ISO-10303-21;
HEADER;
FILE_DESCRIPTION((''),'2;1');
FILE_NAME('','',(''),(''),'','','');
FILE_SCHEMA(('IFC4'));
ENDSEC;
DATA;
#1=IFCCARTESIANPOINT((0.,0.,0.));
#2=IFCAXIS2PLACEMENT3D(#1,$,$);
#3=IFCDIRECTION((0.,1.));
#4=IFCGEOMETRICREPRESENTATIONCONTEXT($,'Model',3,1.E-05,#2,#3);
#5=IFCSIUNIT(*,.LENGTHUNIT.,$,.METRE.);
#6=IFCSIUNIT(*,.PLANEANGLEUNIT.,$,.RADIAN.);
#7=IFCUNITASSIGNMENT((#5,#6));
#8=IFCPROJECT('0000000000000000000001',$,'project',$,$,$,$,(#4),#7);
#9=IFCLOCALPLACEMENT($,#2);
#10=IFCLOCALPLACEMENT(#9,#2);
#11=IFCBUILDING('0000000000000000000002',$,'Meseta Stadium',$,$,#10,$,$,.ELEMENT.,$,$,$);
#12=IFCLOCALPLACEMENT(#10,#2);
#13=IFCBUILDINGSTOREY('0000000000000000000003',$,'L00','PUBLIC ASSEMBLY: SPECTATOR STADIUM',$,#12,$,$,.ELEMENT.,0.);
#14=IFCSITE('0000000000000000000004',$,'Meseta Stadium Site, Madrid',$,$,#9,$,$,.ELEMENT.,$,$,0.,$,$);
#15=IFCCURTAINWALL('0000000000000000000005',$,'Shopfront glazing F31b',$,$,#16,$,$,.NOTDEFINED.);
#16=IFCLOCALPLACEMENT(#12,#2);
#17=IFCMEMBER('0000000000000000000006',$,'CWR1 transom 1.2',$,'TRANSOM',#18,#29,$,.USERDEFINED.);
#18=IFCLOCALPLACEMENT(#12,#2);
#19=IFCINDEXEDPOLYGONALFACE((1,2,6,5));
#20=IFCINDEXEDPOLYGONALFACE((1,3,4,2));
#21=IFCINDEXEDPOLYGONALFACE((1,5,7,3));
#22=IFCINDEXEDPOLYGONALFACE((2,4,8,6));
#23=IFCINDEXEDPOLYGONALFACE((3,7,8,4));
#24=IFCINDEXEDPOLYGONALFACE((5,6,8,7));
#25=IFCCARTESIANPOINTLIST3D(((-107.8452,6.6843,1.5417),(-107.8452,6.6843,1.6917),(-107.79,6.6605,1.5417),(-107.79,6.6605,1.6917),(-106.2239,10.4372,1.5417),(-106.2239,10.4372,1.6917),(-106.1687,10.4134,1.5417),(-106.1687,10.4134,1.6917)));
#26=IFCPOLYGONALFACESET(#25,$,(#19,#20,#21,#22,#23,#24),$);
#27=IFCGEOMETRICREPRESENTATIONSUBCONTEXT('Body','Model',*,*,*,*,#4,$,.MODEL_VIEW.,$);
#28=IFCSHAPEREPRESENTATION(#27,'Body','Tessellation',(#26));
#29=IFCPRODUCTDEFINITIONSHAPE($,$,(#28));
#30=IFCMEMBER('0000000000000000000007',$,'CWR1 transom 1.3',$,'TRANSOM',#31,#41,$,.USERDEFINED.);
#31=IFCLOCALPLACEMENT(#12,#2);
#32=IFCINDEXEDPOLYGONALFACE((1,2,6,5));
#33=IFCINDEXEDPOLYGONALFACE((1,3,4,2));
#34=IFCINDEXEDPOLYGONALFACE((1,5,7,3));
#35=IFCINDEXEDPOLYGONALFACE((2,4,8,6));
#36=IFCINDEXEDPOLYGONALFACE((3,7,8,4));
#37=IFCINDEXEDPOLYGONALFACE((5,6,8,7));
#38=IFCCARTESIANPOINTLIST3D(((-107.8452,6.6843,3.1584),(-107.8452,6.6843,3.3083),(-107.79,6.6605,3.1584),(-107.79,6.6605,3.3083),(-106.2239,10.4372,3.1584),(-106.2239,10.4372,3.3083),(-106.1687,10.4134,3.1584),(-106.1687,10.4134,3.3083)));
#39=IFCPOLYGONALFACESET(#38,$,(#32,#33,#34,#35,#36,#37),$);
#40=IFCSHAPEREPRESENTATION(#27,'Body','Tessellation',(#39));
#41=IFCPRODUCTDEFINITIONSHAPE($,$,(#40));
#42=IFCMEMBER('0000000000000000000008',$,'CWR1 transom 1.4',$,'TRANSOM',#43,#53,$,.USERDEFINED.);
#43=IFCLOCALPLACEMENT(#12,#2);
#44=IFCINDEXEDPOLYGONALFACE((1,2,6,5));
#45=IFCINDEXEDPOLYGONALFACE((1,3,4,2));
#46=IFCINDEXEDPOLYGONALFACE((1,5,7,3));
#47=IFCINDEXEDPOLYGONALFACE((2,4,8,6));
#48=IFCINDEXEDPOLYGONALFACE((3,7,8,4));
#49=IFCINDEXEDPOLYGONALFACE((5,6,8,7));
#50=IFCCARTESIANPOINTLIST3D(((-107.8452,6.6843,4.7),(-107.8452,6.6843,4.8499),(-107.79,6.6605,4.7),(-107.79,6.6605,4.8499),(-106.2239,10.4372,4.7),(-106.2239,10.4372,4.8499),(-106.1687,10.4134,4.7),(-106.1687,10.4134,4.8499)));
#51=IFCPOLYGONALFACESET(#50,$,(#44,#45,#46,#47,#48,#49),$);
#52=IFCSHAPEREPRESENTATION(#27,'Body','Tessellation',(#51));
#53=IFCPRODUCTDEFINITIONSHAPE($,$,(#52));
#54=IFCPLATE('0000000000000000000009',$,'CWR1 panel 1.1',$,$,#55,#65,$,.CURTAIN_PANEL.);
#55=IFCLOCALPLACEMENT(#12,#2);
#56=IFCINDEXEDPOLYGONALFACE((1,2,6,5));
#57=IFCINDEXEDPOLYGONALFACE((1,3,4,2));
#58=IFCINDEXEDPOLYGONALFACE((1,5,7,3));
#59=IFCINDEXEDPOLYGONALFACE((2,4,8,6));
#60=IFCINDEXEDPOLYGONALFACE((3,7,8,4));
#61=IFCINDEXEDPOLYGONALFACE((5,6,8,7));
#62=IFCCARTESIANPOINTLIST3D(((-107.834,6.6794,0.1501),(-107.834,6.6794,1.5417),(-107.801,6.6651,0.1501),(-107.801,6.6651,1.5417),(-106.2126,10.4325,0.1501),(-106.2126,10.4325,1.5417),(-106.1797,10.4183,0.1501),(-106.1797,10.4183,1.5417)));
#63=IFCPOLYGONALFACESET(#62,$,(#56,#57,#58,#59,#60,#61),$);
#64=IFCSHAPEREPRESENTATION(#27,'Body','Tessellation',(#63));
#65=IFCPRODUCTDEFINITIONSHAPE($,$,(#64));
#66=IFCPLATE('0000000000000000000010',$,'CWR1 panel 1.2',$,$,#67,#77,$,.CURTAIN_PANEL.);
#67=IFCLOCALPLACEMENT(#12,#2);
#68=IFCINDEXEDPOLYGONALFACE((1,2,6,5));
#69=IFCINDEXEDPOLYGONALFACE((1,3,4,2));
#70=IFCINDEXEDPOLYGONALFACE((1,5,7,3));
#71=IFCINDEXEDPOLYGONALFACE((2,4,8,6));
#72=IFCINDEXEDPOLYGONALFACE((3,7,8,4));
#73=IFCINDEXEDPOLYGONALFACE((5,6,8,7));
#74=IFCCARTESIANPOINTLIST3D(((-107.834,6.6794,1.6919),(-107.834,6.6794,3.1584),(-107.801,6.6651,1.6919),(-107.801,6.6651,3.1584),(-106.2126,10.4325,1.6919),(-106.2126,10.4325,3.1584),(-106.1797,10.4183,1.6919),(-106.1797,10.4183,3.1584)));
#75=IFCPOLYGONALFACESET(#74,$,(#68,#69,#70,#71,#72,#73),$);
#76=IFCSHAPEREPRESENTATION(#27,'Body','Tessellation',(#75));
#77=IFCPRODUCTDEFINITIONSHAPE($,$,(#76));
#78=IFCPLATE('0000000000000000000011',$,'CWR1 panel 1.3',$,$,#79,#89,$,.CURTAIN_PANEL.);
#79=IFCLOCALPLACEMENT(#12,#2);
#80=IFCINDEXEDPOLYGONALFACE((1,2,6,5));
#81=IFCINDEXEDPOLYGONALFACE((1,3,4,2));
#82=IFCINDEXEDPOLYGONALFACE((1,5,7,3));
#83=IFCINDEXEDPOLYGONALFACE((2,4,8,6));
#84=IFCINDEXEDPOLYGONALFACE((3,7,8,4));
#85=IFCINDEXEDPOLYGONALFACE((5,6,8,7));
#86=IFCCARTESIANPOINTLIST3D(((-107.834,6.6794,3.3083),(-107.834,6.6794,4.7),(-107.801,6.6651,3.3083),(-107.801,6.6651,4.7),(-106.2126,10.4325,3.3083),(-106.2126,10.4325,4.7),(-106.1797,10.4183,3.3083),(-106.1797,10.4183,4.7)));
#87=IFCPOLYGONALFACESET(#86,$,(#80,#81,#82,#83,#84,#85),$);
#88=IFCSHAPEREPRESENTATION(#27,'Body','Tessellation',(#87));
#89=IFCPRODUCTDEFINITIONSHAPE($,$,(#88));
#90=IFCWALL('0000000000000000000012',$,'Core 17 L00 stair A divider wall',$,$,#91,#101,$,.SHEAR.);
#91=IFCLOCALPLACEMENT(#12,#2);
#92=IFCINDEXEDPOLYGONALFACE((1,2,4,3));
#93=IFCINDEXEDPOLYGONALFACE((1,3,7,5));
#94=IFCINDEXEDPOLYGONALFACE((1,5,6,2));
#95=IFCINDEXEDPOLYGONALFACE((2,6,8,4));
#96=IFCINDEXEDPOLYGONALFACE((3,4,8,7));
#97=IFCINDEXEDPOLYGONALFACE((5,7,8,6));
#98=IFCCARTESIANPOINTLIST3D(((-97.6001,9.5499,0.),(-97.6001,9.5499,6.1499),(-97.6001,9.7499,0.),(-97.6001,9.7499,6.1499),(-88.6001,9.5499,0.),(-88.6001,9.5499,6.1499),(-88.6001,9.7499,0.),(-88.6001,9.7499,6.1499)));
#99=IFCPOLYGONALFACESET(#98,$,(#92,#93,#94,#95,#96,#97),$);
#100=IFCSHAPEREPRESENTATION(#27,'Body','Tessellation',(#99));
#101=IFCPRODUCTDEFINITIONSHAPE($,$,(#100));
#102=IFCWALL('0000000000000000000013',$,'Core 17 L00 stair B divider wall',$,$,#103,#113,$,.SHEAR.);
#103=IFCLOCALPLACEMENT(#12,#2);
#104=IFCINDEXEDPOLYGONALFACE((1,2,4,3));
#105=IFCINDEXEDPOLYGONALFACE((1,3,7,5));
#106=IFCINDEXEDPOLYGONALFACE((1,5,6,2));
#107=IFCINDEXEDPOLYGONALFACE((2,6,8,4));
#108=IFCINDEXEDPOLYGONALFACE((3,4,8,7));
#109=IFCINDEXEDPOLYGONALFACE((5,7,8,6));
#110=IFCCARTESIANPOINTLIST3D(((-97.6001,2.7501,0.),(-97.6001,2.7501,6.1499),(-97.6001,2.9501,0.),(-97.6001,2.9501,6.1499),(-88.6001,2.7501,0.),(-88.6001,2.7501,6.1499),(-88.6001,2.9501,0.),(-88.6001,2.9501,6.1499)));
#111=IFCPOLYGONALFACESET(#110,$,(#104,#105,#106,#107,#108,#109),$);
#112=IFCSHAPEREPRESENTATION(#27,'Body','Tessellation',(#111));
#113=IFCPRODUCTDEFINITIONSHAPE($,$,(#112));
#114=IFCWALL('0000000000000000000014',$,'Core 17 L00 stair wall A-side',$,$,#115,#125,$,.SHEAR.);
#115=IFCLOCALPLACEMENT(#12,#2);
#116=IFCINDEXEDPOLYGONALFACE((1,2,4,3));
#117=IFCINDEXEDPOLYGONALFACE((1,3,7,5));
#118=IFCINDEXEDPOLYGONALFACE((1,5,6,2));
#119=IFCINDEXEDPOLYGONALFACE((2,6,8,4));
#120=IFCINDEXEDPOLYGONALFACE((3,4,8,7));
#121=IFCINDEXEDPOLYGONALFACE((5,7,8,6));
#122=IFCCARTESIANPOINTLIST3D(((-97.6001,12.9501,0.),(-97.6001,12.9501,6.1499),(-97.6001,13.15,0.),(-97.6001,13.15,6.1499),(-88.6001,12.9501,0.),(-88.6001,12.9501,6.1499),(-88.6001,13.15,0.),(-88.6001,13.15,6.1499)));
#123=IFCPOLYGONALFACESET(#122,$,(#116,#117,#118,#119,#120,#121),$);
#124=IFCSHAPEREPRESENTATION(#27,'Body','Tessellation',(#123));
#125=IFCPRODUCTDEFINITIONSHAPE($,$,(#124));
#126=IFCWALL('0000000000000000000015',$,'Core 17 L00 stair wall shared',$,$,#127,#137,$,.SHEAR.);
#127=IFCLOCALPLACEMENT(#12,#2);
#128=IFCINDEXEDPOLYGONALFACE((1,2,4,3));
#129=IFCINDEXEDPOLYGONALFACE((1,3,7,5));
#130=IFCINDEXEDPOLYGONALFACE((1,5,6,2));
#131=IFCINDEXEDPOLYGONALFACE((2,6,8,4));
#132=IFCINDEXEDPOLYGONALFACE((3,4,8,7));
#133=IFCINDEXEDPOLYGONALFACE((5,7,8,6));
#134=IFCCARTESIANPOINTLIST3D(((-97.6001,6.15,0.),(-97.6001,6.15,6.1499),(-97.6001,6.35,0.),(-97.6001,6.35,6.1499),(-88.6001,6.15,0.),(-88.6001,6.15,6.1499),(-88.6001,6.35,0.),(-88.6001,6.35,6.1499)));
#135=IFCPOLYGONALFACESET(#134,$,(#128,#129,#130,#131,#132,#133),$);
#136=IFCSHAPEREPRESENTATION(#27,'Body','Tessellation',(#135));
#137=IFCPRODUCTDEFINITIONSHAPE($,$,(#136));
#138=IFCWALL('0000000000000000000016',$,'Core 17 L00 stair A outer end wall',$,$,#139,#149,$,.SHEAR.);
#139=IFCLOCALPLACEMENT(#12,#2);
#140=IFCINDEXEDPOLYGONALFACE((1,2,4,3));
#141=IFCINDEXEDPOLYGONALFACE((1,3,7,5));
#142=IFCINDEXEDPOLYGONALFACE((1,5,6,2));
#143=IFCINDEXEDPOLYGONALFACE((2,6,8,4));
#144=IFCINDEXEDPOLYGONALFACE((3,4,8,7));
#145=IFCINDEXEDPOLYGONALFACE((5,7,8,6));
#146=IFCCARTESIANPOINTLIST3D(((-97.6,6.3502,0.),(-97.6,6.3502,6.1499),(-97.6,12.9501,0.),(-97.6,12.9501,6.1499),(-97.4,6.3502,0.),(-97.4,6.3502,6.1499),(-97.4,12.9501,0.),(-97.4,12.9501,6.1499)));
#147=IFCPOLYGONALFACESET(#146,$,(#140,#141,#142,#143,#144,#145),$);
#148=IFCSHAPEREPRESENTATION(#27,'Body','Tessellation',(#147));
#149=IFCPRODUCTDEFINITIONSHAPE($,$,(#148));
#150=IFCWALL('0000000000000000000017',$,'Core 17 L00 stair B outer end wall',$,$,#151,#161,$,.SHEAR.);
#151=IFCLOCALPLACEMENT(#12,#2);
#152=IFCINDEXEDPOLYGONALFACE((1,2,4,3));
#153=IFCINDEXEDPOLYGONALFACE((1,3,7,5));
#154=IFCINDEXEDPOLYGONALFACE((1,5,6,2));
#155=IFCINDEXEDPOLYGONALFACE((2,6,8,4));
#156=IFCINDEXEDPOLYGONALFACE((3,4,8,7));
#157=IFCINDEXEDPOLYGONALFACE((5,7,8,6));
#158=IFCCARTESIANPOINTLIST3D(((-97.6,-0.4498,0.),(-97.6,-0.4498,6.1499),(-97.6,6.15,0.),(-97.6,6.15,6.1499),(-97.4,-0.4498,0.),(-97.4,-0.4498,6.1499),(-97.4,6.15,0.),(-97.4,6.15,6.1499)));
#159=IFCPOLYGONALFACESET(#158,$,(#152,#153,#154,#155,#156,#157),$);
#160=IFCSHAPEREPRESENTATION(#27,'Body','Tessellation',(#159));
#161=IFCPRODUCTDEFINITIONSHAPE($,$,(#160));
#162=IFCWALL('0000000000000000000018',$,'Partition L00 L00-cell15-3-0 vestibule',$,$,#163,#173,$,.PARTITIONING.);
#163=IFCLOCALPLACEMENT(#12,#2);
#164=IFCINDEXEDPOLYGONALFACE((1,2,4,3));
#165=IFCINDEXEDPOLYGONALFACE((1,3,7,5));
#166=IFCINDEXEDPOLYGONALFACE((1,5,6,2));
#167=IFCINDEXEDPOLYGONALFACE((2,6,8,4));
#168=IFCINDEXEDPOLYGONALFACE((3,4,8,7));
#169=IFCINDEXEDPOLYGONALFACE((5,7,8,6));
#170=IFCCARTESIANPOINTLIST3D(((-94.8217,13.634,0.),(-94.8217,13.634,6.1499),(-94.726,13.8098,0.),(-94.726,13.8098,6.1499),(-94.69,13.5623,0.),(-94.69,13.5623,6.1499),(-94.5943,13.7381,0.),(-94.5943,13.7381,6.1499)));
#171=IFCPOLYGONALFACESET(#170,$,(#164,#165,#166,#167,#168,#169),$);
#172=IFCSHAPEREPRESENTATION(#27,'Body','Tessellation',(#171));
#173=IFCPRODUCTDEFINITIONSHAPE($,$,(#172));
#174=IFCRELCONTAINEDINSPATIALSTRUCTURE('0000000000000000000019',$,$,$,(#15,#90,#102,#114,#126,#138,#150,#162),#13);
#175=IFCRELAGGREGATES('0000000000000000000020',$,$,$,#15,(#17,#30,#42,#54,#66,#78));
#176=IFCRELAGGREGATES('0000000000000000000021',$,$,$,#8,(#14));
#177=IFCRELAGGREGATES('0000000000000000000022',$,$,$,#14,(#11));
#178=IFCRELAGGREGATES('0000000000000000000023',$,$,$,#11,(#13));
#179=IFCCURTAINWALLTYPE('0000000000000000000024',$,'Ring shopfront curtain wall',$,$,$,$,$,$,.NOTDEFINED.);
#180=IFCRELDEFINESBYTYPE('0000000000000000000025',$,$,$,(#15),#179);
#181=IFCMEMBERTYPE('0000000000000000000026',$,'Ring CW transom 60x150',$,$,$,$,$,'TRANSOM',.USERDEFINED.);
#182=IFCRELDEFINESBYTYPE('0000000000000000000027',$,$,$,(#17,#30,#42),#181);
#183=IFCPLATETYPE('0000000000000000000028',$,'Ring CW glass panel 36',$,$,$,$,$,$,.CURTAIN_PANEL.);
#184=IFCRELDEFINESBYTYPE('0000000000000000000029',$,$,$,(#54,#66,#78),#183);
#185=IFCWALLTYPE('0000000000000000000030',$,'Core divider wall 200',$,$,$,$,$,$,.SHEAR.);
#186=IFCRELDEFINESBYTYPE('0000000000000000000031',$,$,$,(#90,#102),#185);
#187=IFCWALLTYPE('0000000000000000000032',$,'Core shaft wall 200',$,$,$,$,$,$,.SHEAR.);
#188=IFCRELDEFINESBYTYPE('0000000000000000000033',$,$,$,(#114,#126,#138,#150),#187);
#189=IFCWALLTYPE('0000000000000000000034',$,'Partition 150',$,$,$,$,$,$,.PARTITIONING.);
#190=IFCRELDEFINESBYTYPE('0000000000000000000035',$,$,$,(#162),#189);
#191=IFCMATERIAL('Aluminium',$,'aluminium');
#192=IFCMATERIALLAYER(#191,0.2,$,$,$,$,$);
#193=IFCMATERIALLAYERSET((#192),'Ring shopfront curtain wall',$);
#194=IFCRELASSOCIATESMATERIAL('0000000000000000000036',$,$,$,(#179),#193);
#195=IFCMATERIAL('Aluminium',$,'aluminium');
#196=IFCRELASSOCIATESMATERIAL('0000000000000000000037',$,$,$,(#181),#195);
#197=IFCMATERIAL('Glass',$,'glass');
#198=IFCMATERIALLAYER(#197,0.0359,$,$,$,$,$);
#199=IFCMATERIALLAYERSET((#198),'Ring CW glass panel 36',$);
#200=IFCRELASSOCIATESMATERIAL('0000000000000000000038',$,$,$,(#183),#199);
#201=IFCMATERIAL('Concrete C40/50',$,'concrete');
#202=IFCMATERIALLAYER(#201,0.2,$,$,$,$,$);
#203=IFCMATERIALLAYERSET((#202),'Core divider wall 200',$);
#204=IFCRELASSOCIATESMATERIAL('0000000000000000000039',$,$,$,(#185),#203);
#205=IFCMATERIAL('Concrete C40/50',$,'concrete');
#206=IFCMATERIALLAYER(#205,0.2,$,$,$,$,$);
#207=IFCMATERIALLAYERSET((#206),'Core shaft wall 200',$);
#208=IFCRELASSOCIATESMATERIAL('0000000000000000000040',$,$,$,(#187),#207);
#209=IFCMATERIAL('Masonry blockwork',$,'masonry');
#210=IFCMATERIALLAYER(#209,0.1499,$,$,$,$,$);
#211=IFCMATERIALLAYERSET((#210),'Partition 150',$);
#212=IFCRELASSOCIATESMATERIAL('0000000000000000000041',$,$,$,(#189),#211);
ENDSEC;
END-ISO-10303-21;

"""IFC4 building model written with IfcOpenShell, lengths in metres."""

from ifc_helpers import new_model, si_unit, direction, frame, frame_2d, origin, origin_2d, place, context, subcontext, project, spatial, rectangle, extrude, material, layer, layer_set, material_profile, profile_set, type_object, element, aggregate, save


model = new_model("IFC4")

# Units and contexts
model_context = context("Model", 3, precision=1e-05, world=origin(), true_north=direction((0.0, 1.0)))
body_context = subcontext(model_context, "Body", "Model", "MODEL_VIEW")
ifc_project = project(units=[si_unit("LENGTHUNIT", "METRE"), si_unit("PLANEANGLEUNIT", "RADIAN")], contexts=[model_context])

# Site, building, storey
site_placement = place(None, origin())
site = spatial("IfcSite", under=ifc_project, at=site_placement, Name="Meseta Stadium Site, Madrid", CompositionType="ELEMENT", RefElevation=0.0)
building_placement = place(site_placement, origin())
building = spatial("IfcBuilding", under=site, at=building_placement, Name="Meseta Stadium", CompositionType="ELEMENT")
storey_placement = place(building_placement, origin())
storey = spatial("IfcBuildingStorey", under=building, at=storey_placement, Name="L00", Description="PUBLIC ASSEMBLY: SPECTATOR STADIUM", CompositionType="ELEMENT", Elevation=0.0)

# Curtain wall, members, plates
ifc_material_1 = material(Name="Aluminium", Category="aluminium")
ifc_layer_1 = layer(ifc_material_1, 0.2)
ifc_layer_set_1 = layer_set([ifc_layer_1], Name="Ring shopfront curtain wall")
curtain_wall_type = type_object("IfcCurtainWallType", Name="Ring shopfront curtain wall", PredefinedType="NOTDEFINED", material=ifc_layer_set_1)
curtain_wall_placement = place(storey_placement, origin())
curtain_wall = element("IfcCurtainWall", 1, at=curtain_wall_placement, inside=storey, type_object=curtain_wall_type, Name="Shopfront glazing F31b", PredefinedType="NOTDEFINED")
ifc_material_2 = material(Name="Aluminium", Category="aluminium")
ifc_material_profile_1 = material_profile(ifc_material_2, rectangle(XDim=0.0601, YDim=0.1499, at=origin_2d()), Name="CW 60x150")
ifc_profile_set_1 = profile_set([ifc_material_profile_1], Name="Aluminium")
member_type_1 = type_object("IfcMemberType", Name="Ring CW transom 60x150", ElementType="TRANSOM", PredefinedType="USERDEFINED", material=ifc_profile_set_1)
member_1_placement = place(storey_placement, frame((-106.1963, 10.4253, 1.6167), z_axis=(-0.396592, -0.917995, 0.0), x_axis=(0.917995, -0.396592, 0.0)))
member_1 = element("IfcMember", 2, at=member_1_placement, type_object=member_type_1, Name="CWR1 transom 1.2", ObjectType="TRANSOM", PredefinedType="USERDEFINED", context=body_context, shape_type="SweptSolid", body=[
    extrude(rectangle(XDim=0.0601, YDim=0.1499, at=origin_2d()), origin(), (0.0, 0.0, 1.0), 4.0881),
])
member_2_placement = place(storey_placement, frame((-106.1963, 10.4253, 3.2334), z_axis=(-0.396592, -0.917995, 0.0), x_axis=(0.917995, -0.396592, 0.0)))
member_2 = element("IfcMember", 3, at=member_2_placement, type_object=member_type_1, Name="CWR1 transom 1.3", ObjectType="TRANSOM", PredefinedType="USERDEFINED", context=body_context, shape_type="SweptSolid", body=[
    extrude(rectangle(XDim=0.0601, YDim=0.1499, at=origin_2d()), origin(), (0.0, 0.0, 1.0), 4.0881),
])
member_3_placement = place(storey_placement, frame((-106.1963, 10.4253, 4.7749), z_axis=(-0.396592, -0.917995, 0.0), x_axis=(0.917995, -0.396592, 0.0)))
member_3 = element("IfcMember", 4, at=member_3_placement, type_object=member_type_1, Name="CWR1 transom 1.4", ObjectType="TRANSOM", PredefinedType="USERDEFINED", context=body_context, shape_type="SweptSolid", body=[
    extrude(rectangle(XDim=0.0601, YDim=0.1499, at=origin_2d()), origin(), (0.0, 0.0, 1.0), 4.0881),
])
ifc_material_3 = material(Name="Glass", Category="glass")
ifc_layer_2 = layer(ifc_material_3, 0.0359)
ifc_layer_set_2 = layer_set([ifc_layer_2], Name="Ring CW glass panel 36")
plate_type = type_object("IfcPlateType", Name="Ring CW glass panel 36", PredefinedType="CURTAIN_PANEL", material=ifc_layer_set_2)
plate_1_placement = place(storey_placement, frame((-107.0068, 8.5488, 0.1501), z_axis=(0.0, 0.0, 1.0), x_axis=(-0.396576, -0.918002, 0.0)))
plate_1 = element("IfcPlate", 5, at=plate_1_placement, type_object=plate_type, Name="CWR1 panel 1.1", PredefinedType="CURTAIN_PANEL", context=body_context, shape_type="SweptSolid", body=[
    extrude(rectangle(XDim=4.0884, YDim=0.0359, at=origin_2d()), origin(), (0.0, 0.0, 1.0), 1.3916),
])
plate_2_placement = place(storey_placement, frame((-107.0068, 8.5488, 1.6919), z_axis=(0.0, 0.0, 1.0), x_axis=(-0.396576, -0.918002, 0.0)))
plate_2 = element("IfcPlate", 6, at=plate_2_placement, type_object=plate_type, Name="CWR1 panel 1.2", PredefinedType="CURTAIN_PANEL", context=body_context, shape_type="SweptSolid", body=[
    extrude(rectangle(XDim=4.0884, YDim=0.0359, at=origin_2d()), origin(), (0.0, 0.0, 1.0), 1.4666),
])
plate_3_placement = place(storey_placement, frame((-107.0068, 8.5488, 3.3083), z_axis=(0.0, 0.0, 1.0), x_axis=(-0.396576, -0.918002, 0.0)))
plate_3 = element("IfcPlate", 7, at=plate_3_placement, type_object=plate_type, Name="CWR1 panel 1.3", PredefinedType="CURTAIN_PANEL", context=body_context, shape_type="SweptSolid", body=[
    extrude(rectangle(XDim=4.0884, YDim=0.0359, at=origin_2d()), origin(), (0.0, 0.0, 1.0), 1.3916),
])
aggregate(curtain_wall, [member_1, member_2, member_3, plate_1, plate_2, plate_3])

# Walls
ifc_material_4 = material(Name="Concrete C40/50", Category="concrete")
ifc_layer_3 = layer(ifc_material_4, 0.2)
ifc_layer_set_3 = layer_set([ifc_layer_3], Name="Core divider wall 200")
wall_type_1 = type_object("IfcWallType", Name="Core divider wall 200", PredefinedType="SHEAR", material=ifc_layer_set_3)
for number, where, z_axis, x_axis, name in (
    (8, (-97.6001, 9.6499, 0.0), (0.0, 0.0, 1.0), (1.0, 0.0, 0.0), "Core 17 L00 stair A divider wall"),
    (9, (-97.6001, 2.8501, 0.0), (0.0, 0.0, 1.0), (1.0, 0.0, 0.0), "Core 17 L00 stair B divider wall"),
):
    element("IfcWall", number, at=place(storey_placement, frame(where, z_axis=z_axis, x_axis=x_axis)), inside=storey, type_object=wall_type_1, Name=name, PredefinedType="SHEAR", context=body_context, shape_type="SweptSolid", body=[
        extrude(rectangle(XDim=9.0, YDim=0.2, at=frame_2d((4.5, 0.0))), origin(), (0.0, 0.0, 1.0), 6.1499),
    ])
ifc_material_5 = material(Name="Concrete C40/50", Category="concrete")
ifc_layer_4 = layer(ifc_material_5, 0.2)
ifc_layer_set_4 = layer_set([ifc_layer_4], Name="Core shaft wall 200")
wall_type_2 = type_object("IfcWallType", Name="Core shaft wall 200", PredefinedType="SHEAR", material=ifc_layer_set_4)
for number, where, z_axis, x_axis, name in (
    (10, (-97.6001, 13.05, 0.0), (0.0, 0.0, 1.0), (1.0, 0.0, 0.0), "Core 17 L00 stair wall A-side"),
    (11, (-97.6001, 6.25, 0.0), (0.0, 0.0, 1.0), (1.0, 0.0, 0.0), "Core 17 L00 stair wall shared"),
):
    element("IfcWall", number, at=place(storey_placement, frame(where, z_axis=z_axis, x_axis=x_axis)), inside=storey, type_object=wall_type_2, Name=name, PredefinedType="SHEAR", context=body_context, shape_type="SweptSolid", body=[
        extrude(rectangle(XDim=9.0, YDim=0.2, at=frame_2d((4.5, 0.0))), origin(), (0.0, 0.0, 1.0), 6.1499),
    ])
for number, where, z_axis, x_axis, name in (
    (12, (-97.5, 12.95, 0.0), (0.0, 0.0, 1.0), (0.0, -1.0, 0.0), "Core 17 L00 stair A outer end wall"),
    (13, (-97.5, 6.1499, 0.0), (0.0, 0.0, 1.0), (0.0, -1.0, 0.0), "Core 17 L00 stair B outer end wall"),
):
    element("IfcWall", number, at=place(storey_placement, frame(where, z_axis=z_axis, x_axis=x_axis)), inside=storey, type_object=wall_type_2, Name=name, PredefinedType="SHEAR", context=body_context, shape_type="SweptSolid", body=[
        extrude(rectangle(XDim=6.5999, YDim=0.2, at=frame_2d((3.2998, 0.0))), origin(), (0.0, 0.0, 1.0), 6.1499),
    ])
ifc_material_6 = material(Name="Masonry blockwork", Category="masonry")
ifc_layer_5 = layer(ifc_material_6, 0.1499)
ifc_layer_set_5 = layer_set([ifc_layer_5], Name="Partition 150")
wall_type_3 = type_object("IfcWallType", Name="Partition 150", PredefinedType="PARTITIONING", material=ifc_layer_set_5)
wall_1_placement = place(storey_placement, frame((-94.7559, 13.5981, 0.0), z_axis=(0.0, 0.0, 1.0), x_axis=(0.478168, 0.878268, 0.0)))
element("IfcWall", 14, at=wall_1_placement, inside=storey, type_object=wall_type_3, Name="Partition L00 L00-cell15-3-0 vestibule", PredefinedType="PARTITIONING", context=body_context, shape_type="SweptSolid", body=[
    extrude(rectangle(XDim=0.2002, YDim=0.1499, at=frame_2d((0.1001, 0.0))), origin(), (0.0, 0.0, 1.0), 6.1499),
])

save(model, "model.ifc")
